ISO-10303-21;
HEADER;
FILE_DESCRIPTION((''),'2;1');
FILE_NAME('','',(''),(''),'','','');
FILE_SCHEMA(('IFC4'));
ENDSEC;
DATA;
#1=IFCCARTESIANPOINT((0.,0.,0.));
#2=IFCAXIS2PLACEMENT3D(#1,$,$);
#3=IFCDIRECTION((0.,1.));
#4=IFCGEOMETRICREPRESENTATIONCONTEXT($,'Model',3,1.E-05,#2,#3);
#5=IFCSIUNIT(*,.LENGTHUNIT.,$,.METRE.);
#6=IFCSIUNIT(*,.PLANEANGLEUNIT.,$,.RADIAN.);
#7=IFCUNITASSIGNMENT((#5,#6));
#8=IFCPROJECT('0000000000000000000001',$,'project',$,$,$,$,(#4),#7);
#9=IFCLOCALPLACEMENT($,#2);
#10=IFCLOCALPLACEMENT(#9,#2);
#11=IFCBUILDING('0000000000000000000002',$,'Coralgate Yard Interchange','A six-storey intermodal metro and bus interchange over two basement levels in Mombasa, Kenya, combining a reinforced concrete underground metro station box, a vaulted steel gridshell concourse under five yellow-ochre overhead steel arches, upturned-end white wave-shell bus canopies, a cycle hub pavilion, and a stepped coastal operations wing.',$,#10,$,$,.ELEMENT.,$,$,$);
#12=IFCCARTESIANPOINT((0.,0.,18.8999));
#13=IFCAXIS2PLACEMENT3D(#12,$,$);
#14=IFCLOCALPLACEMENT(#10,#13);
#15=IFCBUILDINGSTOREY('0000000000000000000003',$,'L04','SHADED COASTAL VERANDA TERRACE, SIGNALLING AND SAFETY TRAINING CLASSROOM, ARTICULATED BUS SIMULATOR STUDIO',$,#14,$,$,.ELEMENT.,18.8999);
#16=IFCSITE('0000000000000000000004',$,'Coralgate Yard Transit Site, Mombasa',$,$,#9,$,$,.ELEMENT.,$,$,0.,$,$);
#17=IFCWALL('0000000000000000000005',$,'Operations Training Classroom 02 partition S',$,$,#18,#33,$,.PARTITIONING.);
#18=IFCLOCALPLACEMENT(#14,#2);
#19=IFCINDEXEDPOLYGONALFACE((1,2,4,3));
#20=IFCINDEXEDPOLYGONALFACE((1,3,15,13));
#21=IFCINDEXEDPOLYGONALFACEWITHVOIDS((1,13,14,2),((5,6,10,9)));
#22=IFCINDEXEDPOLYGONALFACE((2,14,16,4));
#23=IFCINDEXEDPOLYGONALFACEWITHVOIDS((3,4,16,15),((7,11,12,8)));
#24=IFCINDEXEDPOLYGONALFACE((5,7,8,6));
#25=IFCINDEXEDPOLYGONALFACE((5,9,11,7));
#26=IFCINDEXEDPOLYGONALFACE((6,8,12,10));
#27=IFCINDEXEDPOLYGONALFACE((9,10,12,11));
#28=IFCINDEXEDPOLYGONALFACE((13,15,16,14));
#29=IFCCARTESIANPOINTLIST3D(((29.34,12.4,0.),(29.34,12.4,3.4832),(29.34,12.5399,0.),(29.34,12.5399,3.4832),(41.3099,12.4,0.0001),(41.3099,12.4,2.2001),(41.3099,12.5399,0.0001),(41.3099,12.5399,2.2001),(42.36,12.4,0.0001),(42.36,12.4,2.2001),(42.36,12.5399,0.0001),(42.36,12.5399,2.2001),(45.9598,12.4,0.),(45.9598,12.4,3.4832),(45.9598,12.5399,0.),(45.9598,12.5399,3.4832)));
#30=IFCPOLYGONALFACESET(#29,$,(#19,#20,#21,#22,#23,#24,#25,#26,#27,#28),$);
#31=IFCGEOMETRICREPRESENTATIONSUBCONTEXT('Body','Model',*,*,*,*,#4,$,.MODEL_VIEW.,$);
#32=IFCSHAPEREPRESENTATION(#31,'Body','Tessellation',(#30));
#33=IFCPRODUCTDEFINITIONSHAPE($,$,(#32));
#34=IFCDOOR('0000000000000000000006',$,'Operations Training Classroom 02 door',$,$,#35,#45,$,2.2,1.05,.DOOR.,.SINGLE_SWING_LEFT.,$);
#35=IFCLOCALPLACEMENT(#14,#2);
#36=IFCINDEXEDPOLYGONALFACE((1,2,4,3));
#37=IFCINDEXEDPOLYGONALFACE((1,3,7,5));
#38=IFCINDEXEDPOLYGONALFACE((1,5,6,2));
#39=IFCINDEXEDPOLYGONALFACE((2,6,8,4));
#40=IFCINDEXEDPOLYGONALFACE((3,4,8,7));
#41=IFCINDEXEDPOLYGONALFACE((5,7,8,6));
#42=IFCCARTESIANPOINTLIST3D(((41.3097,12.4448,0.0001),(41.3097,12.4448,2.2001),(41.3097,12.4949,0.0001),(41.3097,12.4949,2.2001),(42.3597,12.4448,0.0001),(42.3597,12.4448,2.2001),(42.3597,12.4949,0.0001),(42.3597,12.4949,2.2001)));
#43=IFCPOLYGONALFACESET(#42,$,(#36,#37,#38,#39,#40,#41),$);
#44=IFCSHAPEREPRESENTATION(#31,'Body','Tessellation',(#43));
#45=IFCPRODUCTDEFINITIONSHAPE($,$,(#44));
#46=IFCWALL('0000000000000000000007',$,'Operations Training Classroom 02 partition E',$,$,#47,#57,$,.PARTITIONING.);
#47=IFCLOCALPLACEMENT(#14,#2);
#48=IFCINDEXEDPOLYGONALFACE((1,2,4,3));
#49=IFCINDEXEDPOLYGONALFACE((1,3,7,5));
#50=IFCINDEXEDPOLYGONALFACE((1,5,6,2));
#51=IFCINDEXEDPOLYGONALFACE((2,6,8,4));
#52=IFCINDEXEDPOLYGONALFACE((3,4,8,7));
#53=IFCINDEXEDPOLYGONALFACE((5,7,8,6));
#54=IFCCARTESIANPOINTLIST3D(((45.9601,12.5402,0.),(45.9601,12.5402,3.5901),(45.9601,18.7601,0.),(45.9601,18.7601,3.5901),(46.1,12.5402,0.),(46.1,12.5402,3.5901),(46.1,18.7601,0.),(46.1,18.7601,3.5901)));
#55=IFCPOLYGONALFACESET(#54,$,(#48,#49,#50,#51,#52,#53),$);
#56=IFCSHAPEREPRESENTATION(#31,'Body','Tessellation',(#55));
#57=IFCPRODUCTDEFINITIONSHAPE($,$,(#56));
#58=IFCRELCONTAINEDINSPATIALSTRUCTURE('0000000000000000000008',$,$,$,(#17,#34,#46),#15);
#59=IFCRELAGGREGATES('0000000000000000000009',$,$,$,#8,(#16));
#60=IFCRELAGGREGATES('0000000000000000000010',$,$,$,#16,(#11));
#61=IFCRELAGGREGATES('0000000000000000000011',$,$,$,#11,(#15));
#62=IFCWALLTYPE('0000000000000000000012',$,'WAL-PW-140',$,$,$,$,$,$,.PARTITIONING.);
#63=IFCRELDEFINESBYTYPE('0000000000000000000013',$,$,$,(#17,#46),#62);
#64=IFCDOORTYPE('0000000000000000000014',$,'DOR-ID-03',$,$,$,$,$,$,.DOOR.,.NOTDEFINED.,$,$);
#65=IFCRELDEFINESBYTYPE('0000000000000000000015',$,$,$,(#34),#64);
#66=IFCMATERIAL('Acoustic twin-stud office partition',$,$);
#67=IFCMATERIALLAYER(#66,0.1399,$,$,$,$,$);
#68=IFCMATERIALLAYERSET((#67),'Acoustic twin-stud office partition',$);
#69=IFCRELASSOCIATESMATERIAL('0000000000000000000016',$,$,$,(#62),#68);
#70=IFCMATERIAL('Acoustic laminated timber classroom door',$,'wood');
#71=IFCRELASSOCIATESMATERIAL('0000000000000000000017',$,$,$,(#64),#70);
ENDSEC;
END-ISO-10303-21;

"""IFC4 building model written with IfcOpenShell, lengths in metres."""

from ifc_helpers import new_model, si_unit, direction, frame, frame_2d, origin, place, context, subcontext, project, spatial, rectangle, extrude, material, layer, layer_set, type_object, element, fill, save


model = new_model("IFC4")

# Units and contexts
model_context = context("Model", 3, precision=1e-05, world=origin(), true_north=direction((0.0, 1.0)))
body_context = subcontext(model_context, "Body", "Model", "MODEL_VIEW")
ifc_project = project(units=[si_unit("LENGTHUNIT", "METRE"), si_unit("PLANEANGLEUNIT", "RADIAN")], contexts=[model_context])

# Site, building, storey
site_placement = place(None, origin())
site = spatial("IfcSite", under=ifc_project, at=site_placement, Name="Coralgate Yard Transit Site, Mombasa", CompositionType="ELEMENT", RefElevation=0.0)
building_placement = place(site_placement, origin())
building = spatial("IfcBuilding", under=site, at=building_placement, Name="Coralgate Yard Interchange", Description="A six-storey intermodal metro and bus interchange over two basement levels in Mombasa, Kenya, combining a reinforced concrete underground metro station box, a vaulted steel gridshell concourse under five yellow-ochre overhead steel arches, upturned-end white wave-shell bus canopies, a cycle hub pavilion, and a stepped coastal operations wing.", CompositionType="ELEMENT")
storey_placement = place(building_placement, frame((0.0, 0.0, 18.8999)))
storey = spatial("IfcBuildingStorey", under=building, at=storey_placement, Name="L04", Description="SHADED COASTAL VERANDA TERRACE, SIGNALLING AND SAFETY TRAINING CLASSROOM, ARTICULATED BUS SIMULATOR STUDIO", CompositionType="ELEMENT", Elevation=18.8999)

# Wall, opening, door
ifc_material_1 = material(Name="Acoustic twin-stud office partition")
ifc_layer_1 = layer(ifc_material_1, 0.1399)
ifc_layer_set_1 = layer_set([ifc_layer_1], Name="Acoustic twin-stud office partition")
wall_type_1 = type_object("IfcWallType", Name="WAL-PW-140", PredefinedType="PARTITIONING", material=ifc_layer_set_1)
wall_1_placement = place(storey_placement, frame((45.96, 12.47, 0.0), z_axis=(0.0, 0.0, 1.0), x_axis=(-1.0, 0.0, 0.0)))
wall_1 = element("IfcWall", 1, at=wall_1_placement, inside=storey, type_object=wall_type_1, Name="Operations Training Classroom 02 partition S", PredefinedType="PARTITIONING", context=body_context, shape_type="SweptSolid", body=[
    extrude(rectangle(XDim=16.6199, YDim=0.1399, at=frame_2d((8.3101, 0.0))), origin(), (0.0, 0.0, 1.0), 3.4832),
])
opening_placement = place(wall_1_placement, frame((3.6001, 0.0, 0.0)))
opening = element("IfcOpeningElement", 2, at=opening_placement, cuts=wall_1, PredefinedType="OPENING", context=body_context, shape_type="SweptSolid", body=[
    extrude(rectangle(XDim=1.05, YDim=2.2, at=frame_2d((0.5249, 1.1001))), frame((0.0, 0.0798, 0.0), z_axis=(0.0, -1.0, 0.0), x_axis=(1.0, 0.0, 0.0)), (0.0, 0.0, 1.0), 0.1599),
])
ifc_material_2 = material(Name="Acoustic laminated timber classroom door", Category="wood")
door_type = type_object("IfcDoorType", Name="DOR-ID-03", OperationType="NOTDEFINED", PredefinedType="DOOR", material=ifc_material_2)
door_placement = place(opening_placement, frame((1.05, 0.0, 0.0), z_axis=(0.0, 0.0, 1.0), x_axis=(-1.0, 0.0, 0.0)))
door = element("IfcDoor", 3, at=door_placement, inside=storey, type_object=door_type, Name="Operations Training Classroom 02 door", OperationType="SINGLE_SWING_LEFT", OverallHeight=2.2, OverallWidth=1.05, PredefinedType="DOOR", context=body_context, shape_type="SweptSolid", body=[
    extrude(rectangle(XDim=1.05, YDim=2.2, at=frame_2d((0.5249, 1.1001))), frame((0.0, 0.0249, 0.0), z_axis=(0.0, -1.0, 0.0), x_axis=(1.0, 0.0, 0.0)), (0.0, 0.0, 1.0), 0.05),
])
fill(opening, door)

# Wall
wall_2_placement = place(storey_placement, frame((46.03, 18.76, 0.0), z_axis=(0.0, 0.0, 1.0), x_axis=(0.0, -1.0, 0.0)))
element("IfcWall", 4, at=wall_2_placement, inside=storey, type_object=wall_type_1, Name="Operations Training Classroom 02 partition E", PredefinedType="PARTITIONING", context=body_context, shape_type="SweptSolid", body=[
    extrude(rectangle(XDim=6.22, YDim=0.1399, at=frame_2d((3.1099, 0.0))), origin(), (0.0, 0.0, 1.0), 3.5901),
])

save(model, "model.ifc")
